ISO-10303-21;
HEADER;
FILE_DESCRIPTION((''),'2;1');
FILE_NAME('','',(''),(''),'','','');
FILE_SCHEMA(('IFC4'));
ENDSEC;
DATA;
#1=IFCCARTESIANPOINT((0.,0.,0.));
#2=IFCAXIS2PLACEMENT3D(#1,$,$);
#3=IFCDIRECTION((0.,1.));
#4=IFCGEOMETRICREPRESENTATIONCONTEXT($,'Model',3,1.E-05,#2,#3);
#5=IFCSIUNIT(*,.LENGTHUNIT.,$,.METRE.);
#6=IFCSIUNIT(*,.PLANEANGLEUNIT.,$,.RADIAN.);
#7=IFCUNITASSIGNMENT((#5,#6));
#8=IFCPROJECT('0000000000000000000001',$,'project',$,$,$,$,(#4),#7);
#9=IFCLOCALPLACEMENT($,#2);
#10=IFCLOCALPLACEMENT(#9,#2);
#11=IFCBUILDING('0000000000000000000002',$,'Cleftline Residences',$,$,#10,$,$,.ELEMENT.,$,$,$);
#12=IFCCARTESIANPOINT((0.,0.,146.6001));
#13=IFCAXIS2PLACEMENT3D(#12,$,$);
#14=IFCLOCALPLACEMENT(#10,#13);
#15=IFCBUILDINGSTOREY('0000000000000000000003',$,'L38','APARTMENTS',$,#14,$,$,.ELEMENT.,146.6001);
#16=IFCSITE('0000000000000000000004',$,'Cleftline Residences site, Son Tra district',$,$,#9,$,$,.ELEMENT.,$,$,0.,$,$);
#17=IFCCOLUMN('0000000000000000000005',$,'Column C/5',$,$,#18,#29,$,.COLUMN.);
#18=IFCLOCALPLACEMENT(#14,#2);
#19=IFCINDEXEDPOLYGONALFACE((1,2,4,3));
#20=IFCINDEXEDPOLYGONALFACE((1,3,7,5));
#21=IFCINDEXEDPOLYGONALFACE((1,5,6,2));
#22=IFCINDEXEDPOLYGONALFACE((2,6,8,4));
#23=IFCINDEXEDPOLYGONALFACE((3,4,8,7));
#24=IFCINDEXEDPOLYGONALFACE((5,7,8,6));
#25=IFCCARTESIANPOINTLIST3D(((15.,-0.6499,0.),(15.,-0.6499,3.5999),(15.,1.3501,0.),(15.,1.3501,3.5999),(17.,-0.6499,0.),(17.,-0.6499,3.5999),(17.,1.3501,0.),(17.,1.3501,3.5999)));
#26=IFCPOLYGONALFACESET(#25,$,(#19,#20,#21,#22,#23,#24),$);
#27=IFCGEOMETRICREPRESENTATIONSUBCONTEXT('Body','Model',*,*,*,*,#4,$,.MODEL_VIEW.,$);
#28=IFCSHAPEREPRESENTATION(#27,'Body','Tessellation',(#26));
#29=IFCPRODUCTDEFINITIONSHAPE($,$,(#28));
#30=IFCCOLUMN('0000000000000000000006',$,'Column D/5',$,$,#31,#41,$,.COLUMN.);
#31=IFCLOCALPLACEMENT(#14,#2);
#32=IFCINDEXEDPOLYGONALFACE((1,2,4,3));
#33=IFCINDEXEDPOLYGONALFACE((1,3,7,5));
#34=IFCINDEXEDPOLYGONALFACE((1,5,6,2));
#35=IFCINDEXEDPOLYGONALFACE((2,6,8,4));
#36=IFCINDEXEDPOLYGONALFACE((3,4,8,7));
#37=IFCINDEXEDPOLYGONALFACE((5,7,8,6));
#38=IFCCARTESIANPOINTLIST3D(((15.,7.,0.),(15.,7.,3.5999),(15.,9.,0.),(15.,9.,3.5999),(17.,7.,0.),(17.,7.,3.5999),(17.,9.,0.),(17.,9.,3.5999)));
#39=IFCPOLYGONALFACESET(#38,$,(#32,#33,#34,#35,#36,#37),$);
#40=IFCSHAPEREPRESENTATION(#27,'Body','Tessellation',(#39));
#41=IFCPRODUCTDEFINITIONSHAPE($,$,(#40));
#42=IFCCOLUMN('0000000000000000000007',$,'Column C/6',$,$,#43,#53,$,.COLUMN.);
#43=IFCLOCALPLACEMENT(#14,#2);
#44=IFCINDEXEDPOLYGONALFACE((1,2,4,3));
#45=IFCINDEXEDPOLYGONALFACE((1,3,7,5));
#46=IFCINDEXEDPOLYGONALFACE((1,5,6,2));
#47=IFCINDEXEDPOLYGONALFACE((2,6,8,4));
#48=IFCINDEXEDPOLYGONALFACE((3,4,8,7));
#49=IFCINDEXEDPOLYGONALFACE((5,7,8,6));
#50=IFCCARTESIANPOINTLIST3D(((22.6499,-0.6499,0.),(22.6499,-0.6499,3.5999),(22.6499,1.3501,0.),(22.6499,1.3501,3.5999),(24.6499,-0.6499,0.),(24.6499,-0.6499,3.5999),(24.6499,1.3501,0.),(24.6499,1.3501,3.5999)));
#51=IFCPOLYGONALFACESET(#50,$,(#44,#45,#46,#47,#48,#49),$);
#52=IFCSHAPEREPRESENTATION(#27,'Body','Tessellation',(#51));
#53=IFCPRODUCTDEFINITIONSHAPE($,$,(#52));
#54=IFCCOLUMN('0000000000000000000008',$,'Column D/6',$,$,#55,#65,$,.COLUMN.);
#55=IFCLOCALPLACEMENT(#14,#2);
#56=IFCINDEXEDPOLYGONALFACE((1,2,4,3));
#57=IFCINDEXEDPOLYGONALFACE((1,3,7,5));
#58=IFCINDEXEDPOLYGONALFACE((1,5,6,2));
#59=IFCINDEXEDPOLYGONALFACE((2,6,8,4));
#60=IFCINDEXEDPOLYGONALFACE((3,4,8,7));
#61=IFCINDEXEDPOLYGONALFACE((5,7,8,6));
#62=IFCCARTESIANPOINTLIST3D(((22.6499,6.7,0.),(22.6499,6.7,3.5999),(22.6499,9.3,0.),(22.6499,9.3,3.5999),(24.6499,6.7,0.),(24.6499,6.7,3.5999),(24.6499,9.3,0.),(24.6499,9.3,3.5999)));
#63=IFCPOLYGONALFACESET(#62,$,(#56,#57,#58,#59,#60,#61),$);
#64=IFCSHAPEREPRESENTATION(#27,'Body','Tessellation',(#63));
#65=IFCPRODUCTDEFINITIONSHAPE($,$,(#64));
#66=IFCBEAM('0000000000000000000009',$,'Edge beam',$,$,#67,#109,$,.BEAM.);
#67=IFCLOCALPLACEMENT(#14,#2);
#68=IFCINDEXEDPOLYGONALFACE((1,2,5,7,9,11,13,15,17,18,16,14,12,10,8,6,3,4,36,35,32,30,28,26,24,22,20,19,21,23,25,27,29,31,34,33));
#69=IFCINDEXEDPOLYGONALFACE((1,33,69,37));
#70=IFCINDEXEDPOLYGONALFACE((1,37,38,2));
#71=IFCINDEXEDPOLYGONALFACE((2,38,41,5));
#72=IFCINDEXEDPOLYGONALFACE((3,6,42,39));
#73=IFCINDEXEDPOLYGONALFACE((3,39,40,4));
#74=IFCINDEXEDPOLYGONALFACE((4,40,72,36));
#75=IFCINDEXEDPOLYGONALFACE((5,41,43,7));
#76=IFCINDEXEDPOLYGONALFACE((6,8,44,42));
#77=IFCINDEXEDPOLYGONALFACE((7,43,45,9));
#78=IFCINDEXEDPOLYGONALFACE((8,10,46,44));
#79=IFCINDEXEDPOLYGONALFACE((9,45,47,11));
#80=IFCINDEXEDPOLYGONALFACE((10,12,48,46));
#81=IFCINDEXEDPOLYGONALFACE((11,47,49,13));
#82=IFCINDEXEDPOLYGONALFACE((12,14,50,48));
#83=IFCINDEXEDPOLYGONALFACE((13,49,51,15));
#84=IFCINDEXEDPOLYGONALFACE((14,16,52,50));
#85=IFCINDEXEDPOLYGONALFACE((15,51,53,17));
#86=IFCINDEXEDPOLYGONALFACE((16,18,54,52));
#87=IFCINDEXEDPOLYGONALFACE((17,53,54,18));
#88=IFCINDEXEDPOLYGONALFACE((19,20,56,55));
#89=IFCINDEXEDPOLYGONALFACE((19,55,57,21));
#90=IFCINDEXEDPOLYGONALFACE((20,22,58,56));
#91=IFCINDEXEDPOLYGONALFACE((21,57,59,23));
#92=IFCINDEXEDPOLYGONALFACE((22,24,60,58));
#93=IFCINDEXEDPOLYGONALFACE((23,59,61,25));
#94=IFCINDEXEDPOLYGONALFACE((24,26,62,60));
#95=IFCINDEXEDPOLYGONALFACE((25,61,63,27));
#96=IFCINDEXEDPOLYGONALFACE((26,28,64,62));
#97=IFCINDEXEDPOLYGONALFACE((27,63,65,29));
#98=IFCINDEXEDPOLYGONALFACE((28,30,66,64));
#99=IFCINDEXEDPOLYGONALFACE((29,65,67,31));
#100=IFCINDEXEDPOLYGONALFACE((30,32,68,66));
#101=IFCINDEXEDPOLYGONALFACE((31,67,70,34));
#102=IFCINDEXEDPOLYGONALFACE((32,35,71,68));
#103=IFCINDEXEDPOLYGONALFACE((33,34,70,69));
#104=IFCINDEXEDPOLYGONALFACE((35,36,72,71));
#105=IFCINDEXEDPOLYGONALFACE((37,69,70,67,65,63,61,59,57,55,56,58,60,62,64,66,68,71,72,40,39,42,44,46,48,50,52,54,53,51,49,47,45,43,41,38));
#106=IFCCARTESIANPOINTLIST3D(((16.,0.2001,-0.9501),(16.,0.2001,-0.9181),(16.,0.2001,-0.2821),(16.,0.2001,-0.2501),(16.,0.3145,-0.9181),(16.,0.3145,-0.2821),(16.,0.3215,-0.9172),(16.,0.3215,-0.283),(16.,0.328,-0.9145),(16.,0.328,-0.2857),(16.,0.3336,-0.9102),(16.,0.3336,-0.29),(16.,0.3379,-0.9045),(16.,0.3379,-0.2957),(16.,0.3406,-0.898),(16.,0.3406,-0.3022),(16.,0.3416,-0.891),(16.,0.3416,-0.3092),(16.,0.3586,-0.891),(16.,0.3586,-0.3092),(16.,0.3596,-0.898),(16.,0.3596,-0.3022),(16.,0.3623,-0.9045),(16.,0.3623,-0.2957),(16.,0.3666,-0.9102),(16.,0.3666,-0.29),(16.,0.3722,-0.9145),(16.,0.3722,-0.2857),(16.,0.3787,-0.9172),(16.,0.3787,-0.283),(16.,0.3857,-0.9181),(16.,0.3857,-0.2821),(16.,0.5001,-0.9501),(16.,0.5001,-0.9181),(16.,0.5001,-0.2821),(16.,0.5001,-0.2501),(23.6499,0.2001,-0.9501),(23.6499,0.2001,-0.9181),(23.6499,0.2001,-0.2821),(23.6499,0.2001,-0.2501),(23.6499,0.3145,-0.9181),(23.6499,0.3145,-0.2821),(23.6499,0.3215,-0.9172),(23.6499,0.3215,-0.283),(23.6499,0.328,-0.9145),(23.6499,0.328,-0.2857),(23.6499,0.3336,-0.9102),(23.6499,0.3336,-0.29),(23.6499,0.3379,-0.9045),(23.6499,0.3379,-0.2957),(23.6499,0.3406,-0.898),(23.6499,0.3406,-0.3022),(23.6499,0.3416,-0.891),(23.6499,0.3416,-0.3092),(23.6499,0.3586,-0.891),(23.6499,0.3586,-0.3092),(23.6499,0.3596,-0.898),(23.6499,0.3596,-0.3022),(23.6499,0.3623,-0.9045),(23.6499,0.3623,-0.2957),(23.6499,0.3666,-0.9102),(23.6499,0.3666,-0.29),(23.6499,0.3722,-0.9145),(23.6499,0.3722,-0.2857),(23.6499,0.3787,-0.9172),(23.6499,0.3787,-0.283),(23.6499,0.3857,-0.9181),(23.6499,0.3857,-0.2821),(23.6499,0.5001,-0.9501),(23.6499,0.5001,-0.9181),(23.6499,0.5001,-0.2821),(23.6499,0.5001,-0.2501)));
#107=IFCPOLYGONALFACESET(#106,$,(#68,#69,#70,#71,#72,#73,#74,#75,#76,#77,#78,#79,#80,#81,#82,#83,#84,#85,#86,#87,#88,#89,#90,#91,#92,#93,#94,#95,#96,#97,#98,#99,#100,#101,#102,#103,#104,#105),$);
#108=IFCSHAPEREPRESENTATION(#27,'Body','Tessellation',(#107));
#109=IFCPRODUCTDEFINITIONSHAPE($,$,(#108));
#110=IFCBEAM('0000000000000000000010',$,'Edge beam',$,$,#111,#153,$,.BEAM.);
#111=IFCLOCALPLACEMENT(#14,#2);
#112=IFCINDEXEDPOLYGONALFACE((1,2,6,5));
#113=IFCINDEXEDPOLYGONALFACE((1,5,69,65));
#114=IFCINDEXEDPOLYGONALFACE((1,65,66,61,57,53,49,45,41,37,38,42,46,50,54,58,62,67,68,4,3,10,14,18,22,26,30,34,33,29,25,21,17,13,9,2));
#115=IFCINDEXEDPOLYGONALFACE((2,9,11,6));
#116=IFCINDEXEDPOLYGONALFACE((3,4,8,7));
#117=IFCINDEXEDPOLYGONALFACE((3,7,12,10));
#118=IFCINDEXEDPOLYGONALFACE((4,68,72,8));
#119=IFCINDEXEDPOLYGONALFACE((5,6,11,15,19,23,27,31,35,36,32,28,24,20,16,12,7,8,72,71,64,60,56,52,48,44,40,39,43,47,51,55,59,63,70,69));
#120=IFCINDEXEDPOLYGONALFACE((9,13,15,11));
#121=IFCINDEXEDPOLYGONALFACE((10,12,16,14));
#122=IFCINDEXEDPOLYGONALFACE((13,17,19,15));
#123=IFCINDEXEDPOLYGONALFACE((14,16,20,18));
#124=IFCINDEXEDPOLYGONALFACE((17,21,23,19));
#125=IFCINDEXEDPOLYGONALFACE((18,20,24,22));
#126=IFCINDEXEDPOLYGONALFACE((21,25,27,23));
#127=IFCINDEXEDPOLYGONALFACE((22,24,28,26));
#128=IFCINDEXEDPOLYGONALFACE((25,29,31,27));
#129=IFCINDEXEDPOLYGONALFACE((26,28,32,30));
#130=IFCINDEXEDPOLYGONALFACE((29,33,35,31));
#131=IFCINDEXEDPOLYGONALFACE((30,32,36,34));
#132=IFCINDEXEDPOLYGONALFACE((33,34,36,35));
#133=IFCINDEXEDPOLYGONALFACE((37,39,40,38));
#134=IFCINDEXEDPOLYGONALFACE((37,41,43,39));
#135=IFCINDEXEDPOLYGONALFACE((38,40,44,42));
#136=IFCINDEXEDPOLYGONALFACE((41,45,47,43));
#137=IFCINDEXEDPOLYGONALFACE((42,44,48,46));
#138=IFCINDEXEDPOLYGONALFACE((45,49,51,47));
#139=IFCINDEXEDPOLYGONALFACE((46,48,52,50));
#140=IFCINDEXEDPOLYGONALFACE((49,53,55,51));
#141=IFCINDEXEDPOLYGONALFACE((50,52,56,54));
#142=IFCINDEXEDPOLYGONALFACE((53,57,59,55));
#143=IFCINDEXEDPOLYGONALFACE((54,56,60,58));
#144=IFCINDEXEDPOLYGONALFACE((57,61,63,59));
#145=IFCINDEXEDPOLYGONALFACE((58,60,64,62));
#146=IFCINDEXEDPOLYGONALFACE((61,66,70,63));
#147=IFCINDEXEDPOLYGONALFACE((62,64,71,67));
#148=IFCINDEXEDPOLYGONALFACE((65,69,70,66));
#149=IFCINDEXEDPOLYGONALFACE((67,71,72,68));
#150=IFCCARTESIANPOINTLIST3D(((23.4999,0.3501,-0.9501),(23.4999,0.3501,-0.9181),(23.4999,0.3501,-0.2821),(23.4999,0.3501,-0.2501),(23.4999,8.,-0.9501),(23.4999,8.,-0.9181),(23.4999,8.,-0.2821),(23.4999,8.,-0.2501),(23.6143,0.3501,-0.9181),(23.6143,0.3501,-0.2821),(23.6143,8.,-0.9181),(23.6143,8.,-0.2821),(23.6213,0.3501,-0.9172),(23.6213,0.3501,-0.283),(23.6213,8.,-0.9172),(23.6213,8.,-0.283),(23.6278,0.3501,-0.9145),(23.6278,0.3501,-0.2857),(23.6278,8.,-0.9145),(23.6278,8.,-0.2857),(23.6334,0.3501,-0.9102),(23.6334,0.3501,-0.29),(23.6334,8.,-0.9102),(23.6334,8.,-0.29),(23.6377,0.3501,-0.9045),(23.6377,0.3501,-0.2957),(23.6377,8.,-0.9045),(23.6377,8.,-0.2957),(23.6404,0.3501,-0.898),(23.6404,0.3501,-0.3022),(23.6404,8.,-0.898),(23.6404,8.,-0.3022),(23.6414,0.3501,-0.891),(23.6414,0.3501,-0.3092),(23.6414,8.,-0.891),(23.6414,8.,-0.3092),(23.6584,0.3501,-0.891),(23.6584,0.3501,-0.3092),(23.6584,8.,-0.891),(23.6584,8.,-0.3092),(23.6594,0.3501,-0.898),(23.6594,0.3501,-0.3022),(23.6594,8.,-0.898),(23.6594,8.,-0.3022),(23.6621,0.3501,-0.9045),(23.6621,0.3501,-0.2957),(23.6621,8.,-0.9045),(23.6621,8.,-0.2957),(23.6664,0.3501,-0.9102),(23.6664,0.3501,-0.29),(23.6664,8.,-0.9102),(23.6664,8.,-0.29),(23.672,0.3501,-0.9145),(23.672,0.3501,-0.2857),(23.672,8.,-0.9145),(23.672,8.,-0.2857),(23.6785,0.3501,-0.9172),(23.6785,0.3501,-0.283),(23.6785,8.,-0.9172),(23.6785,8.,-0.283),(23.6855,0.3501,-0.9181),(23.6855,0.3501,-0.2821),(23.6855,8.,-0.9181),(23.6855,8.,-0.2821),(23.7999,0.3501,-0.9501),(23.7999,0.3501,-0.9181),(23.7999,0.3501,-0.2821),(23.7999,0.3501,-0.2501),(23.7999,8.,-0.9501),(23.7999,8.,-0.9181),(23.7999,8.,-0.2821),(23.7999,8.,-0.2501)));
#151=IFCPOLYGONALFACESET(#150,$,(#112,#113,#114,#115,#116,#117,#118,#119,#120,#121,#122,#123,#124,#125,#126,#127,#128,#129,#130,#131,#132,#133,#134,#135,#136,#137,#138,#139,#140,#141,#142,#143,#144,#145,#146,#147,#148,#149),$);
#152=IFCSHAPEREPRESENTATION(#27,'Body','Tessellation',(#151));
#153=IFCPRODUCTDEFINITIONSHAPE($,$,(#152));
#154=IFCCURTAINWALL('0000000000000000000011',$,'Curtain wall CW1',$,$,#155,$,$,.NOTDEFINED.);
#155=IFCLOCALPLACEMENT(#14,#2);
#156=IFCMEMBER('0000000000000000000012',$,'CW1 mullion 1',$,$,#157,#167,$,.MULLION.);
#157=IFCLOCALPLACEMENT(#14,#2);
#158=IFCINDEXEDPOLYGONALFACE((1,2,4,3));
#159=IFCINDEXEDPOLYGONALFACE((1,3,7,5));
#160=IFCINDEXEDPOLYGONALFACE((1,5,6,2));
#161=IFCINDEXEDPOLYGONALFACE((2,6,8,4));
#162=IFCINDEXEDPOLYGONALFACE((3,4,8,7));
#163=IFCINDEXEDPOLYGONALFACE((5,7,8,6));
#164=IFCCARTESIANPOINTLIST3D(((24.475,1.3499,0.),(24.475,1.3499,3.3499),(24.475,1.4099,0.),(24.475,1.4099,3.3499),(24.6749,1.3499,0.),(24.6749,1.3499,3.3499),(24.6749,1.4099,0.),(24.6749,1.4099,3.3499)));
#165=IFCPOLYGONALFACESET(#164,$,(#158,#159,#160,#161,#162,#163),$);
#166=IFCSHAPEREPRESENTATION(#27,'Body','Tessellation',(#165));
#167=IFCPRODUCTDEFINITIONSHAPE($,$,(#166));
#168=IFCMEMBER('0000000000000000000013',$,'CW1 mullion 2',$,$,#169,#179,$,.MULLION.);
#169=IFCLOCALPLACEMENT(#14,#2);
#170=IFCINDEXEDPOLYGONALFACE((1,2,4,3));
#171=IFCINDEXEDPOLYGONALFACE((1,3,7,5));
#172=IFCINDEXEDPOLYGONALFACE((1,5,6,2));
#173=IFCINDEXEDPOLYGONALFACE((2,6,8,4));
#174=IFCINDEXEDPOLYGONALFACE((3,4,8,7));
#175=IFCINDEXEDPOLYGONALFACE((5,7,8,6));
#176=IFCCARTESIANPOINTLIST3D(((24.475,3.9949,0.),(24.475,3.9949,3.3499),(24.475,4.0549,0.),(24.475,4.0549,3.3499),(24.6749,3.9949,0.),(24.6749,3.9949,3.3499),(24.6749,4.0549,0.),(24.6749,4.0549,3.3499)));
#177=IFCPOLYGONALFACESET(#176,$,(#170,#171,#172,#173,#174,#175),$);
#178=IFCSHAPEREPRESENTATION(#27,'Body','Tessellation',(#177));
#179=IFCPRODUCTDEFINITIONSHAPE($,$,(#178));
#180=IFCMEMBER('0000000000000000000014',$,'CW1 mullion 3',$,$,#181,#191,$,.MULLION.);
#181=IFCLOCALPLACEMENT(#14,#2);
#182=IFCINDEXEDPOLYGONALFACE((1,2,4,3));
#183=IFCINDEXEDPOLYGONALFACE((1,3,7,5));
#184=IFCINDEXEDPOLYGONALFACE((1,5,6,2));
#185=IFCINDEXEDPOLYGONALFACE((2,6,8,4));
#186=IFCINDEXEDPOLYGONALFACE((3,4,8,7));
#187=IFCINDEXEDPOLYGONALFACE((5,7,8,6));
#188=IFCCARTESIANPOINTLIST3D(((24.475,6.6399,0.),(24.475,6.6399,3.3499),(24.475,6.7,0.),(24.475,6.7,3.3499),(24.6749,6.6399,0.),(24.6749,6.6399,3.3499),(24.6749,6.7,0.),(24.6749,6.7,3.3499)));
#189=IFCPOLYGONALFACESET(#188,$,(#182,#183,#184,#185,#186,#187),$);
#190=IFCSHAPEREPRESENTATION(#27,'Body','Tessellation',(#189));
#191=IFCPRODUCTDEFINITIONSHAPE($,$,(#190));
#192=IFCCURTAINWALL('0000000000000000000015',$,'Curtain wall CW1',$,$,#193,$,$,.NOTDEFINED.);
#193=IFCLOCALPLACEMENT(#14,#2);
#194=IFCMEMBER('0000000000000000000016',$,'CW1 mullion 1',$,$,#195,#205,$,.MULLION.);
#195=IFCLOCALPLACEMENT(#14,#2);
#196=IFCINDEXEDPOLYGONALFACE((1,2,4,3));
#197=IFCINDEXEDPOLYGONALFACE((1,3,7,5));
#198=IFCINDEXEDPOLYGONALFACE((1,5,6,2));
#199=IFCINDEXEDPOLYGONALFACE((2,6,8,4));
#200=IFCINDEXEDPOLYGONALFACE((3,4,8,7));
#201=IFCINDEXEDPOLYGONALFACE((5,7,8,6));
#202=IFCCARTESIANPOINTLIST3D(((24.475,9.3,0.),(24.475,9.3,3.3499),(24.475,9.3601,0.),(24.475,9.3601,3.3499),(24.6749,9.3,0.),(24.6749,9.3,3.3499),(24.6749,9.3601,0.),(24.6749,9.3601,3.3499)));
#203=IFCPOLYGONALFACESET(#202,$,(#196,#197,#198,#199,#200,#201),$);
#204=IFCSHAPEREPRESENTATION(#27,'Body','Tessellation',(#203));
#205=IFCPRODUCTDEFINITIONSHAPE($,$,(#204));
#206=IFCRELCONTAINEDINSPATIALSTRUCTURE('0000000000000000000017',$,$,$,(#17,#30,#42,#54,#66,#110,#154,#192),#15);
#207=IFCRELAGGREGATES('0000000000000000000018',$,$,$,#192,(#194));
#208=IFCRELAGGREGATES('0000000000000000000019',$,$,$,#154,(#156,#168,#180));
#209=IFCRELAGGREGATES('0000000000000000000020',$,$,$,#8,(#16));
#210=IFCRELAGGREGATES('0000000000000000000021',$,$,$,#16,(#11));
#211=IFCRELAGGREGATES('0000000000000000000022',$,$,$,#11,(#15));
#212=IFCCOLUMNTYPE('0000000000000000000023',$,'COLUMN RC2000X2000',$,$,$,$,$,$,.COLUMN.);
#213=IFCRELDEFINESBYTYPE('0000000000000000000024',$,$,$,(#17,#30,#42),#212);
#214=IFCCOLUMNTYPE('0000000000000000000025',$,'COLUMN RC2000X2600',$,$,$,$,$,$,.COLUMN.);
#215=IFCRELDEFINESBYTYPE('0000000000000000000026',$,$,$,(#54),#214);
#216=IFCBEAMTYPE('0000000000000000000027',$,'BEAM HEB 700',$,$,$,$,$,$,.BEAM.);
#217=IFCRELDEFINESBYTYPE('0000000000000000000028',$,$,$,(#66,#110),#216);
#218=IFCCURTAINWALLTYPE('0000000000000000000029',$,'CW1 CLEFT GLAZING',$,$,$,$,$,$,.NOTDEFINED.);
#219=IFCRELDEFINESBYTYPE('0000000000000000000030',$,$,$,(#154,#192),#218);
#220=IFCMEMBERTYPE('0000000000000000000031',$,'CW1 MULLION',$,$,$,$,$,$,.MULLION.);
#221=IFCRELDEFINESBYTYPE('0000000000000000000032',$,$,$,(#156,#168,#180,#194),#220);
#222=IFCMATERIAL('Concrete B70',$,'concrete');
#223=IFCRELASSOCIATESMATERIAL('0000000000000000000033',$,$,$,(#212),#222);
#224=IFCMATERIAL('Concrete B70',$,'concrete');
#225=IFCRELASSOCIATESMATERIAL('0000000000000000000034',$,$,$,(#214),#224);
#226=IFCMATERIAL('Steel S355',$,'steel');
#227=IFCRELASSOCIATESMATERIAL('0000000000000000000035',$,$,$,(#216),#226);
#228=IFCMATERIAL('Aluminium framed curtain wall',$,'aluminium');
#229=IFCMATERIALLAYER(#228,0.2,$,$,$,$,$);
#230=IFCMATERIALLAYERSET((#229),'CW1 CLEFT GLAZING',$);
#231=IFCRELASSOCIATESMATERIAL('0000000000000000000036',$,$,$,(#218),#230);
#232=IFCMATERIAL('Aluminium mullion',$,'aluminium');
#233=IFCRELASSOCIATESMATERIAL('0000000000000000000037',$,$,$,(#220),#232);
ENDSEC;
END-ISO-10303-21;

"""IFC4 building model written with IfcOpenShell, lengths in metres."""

from ifc_helpers import new_model, si_unit, direction, frame, origin, origin_2d, place, context, subcontext, project, spatial, rectangle, i_section, extrude, material, layer, layer_set, material_profile, profile_set, type_object, element, aggregate, save


model = new_model("IFC4")

# Units and contexts
model_context = context("Model", 3, precision=1e-05, world=origin(), true_north=direction((0.0, 1.0)))
body_context = subcontext(model_context, "Body", "Model", "MODEL_VIEW")
ifc_project = project(units=[si_unit("LENGTHUNIT", "METRE"), si_unit("PLANEANGLEUNIT", "RADIAN")], contexts=[model_context])

# Site, building, storey
site_placement = place(None, origin())
site = spatial("IfcSite", under=ifc_project, at=site_placement, Name="Cleftline Residences site, Son Tra district", CompositionType="ELEMENT", RefElevation=0.0)
building_placement = place(site_placement, origin())
building = spatial("IfcBuilding", under=site, at=building_placement, Name="Cleftline Residences", CompositionType="ELEMENT")
storey_placement = place(building_placement, frame((0.0, 0.0, 146.6001)))
storey = spatial("IfcBuildingStorey", under=building, at=storey_placement, Name="L38", Description="APARTMENTS", CompositionType="ELEMENT", Elevation=146.6001)

# Columns
ifc_material_1 = material(Name="Concrete B70", Category="concrete")
ifc_material_profile_1 = material_profile(ifc_material_1, rectangle(XDim=2.0, YDim=2.0, at=origin_2d()))
ifc_profile_set_1 = profile_set([ifc_material_profile_1], Name="Concrete B70")
column_type_1 = type_object("IfcColumnType", Name="COLUMN RC2000X2000", PredefinedType="COLUMN", material=ifc_profile_set_1)
for number, where, z_axis, x_axis, name in (
    (1, (16.0, 0.3501, 0.0), (0.0, 0.0, 1.0), (1.0, 0.0, 0.0), "Column C/5"),
    (2, (16.0, 8.0, 0.0), (0.0, 0.0, 1.0), (1.0, 0.0, 0.0), "Column D/5"),
    (3, (23.6499, 0.3501, 0.0), (0.0, 0.0, 1.0), (1.0, 0.0, 0.0), "Column C/6"),
):
    element("IfcColumn", number, at=place(storey_placement, frame(where, z_axis=z_axis, x_axis=x_axis)), inside=storey, type_object=column_type_1, Name=name, PredefinedType="COLUMN", context=body_context, shape_type="SweptSolid", body=[
        extrude(rectangle(XDim=2.0, YDim=2.0, at=origin_2d()), origin(), (0.0, 0.0, 1.0), 3.5999),
    ])
ifc_material_2 = material(Name="Concrete B70", Category="concrete")
ifc_material_profile_2 = material_profile(ifc_material_2, rectangle(XDim=2.0, YDim=2.6001, at=origin_2d()))
ifc_profile_set_2 = profile_set([ifc_material_profile_2], Name="Concrete B70")
column_type_2 = type_object("IfcColumnType", Name="COLUMN RC2000X2600", PredefinedType="COLUMN", material=ifc_profile_set_2)
column_placement = place(storey_placement, frame((23.6499, 8.0, 0.0), z_axis=(0.0, 0.0, 1.0), x_axis=(1.0, 0.0, 0.0)))
element("IfcColumn", 4, at=column_placement, inside=storey, type_object=column_type_2, Name="Column D/6", PredefinedType="COLUMN", context=body_context, shape_type="SweptSolid", body=[
    extrude(rectangle(XDim=2.0, YDim=2.6001, at=origin_2d()), origin(), (0.0, 0.0, 1.0), 3.5999),
])

# Beams
ifc_material_3 = material(Name="Steel S355", Category="steel")
ifc_material_profile_3 = material_profile(ifc_material_3, i_section(OverallWidth=0.3, OverallDepth=0.7, WebThickness=0.0171, FlangeThickness=0.032, FilletRadius=0.0271, at=origin_2d()))
ifc_profile_set_3 = profile_set([ifc_material_profile_3], Name="Steel S355")
beam_type = type_object("IfcBeamType", Name="BEAM HEB 700", PredefinedType="BEAM", material=ifc_profile_set_3)
for number, where, z_axis, x_axis, name in (
    (5, (16.0, 0.3501, -0.6001), (1.0, 0.0, 0.0), (0.0, 1.0, 0.0), "Edge beam"),
    (6, (23.6499, 0.3501, -0.6001), (0.0, 1.0, 0.0), (-1.0, 0.0, 0.0), "Edge beam"),
):
    element("IfcBeam", number, at=place(storey_placement, frame(where, z_axis=z_axis, x_axis=x_axis)), inside=storey, type_object=beam_type, Name=name, PredefinedType="BEAM", context=body_context, shape_type="SweptSolid", body=[
        extrude(i_section(OverallWidth=0.3, OverallDepth=0.7, WebThickness=0.0171, FlangeThickness=0.032, FilletRadius=0.0271, at=origin_2d()), origin(), (0.0, 0.0, 1.0), 7.6499),
    ])

# Curtain wall, members
ifc_material_4 = material(Name="Aluminium framed curtain wall", Category="aluminium")
ifc_layer_1 = layer(ifc_material_4, 0.2)
ifc_layer_set_1 = layer_set([ifc_layer_1], Name="CW1 CLEFT GLAZING")
curtain_wall_type = type_object("IfcCurtainWallType", Name="CW1 CLEFT GLAZING", PredefinedType="NOTDEFINED", material=ifc_layer_set_1)
curtain_wall_1_placement = place(storey_placement, origin())
curtain_wall_1 = element("IfcCurtainWall", 7, at=curtain_wall_1_placement, inside=storey, type_object=curtain_wall_type, Name="Curtain wall CW1", PredefinedType="NOTDEFINED")
ifc_material_5 = material(Name="Aluminium mullion", Category="aluminium")
ifc_material_profile_4 = material_profile(ifc_material_5, rectangle(XDim=0.2, YDim=0.0601, at=origin_2d()))
ifc_profile_set_4 = profile_set([ifc_material_profile_4], Name="Aluminium mullion")
member_type_1 = type_object("IfcMemberType", Name="CW1 MULLION", PredefinedType="MULLION", material=ifc_profile_set_4)
member_1_placement = place(storey_placement, frame((24.575, 1.3799, 0.0), z_axis=(0.0, 0.0, 1.0), x_axis=(-1.0, 0.0, 0.0)))
member_1 = element("IfcMember", 8, at=member_1_placement, type_object=member_type_1, Name="CW1 mullion 1", PredefinedType="MULLION", context=body_context, shape_type="SweptSolid", body=[
    extrude(rectangle(XDim=0.2, YDim=0.0601, at=origin_2d()), origin(), (0.0, 0.0, 1.0), 3.3499),
])
member_2_placement = place(storey_placement, frame((24.575, 4.0249, 0.0), z_axis=(0.0, 0.0, 1.0), x_axis=(-1.0, 0.0, 0.0)))
member_2 = element("IfcMember", 9, at=member_2_placement, type_object=member_type_1, Name="CW1 mullion 2", PredefinedType="MULLION", context=body_context, shape_type="SweptSolid", body=[
    extrude(rectangle(XDim=0.2, YDim=0.0601, at=origin_2d()), origin(), (0.0, 0.0, 1.0), 3.3499),
])
member_3_placement = place(storey_placement, frame((24.575, 6.6699, 0.0), z_axis=(0.0, 0.0, 1.0), x_axis=(-1.0, 0.0, 0.0)))
member_3 = element("IfcMember", 10, at=member_3_placement, type_object=member_type_1, Name="CW1 mullion 3", PredefinedType="MULLION", context=body_context, shape_type="SweptSolid", body=[
    extrude(rectangle(XDim=0.2, YDim=0.0601, at=origin_2d()), origin(), (0.0, 0.0, 1.0), 3.3499),
])

# Curtain wall, member
curtain_wall_2_placement = place(storey_placement, origin())
curtain_wall_2 = element("IfcCurtainWall", 11, at=curtain_wall_2_placement, inside=storey, type_object=curtain_wall_type, Name="Curtain wall CW1", PredefinedType="NOTDEFINED")
member_4_placement = place(storey_placement, frame((24.575, 9.3301, 0.0), z_axis=(0.0, 0.0, 1.0), x_axis=(-1.0, 0.0, 0.0)))
member_4 = element("IfcMember", 12, at=member_4_placement, type_object=member_type_1, Name="CW1 mullion 1", PredefinedType="MULLION", context=body_context, shape_type="SweptSolid", body=[
    extrude(rectangle(XDim=0.2, YDim=0.0601, at=origin_2d()), origin(), (0.0, 0.0, 1.0), 3.3499),
])

aggregate(curtain_wall_2, [member_4])

aggregate(curtain_wall_1, [member_1, member_2, member_3])

save(model, "model.ifc")
